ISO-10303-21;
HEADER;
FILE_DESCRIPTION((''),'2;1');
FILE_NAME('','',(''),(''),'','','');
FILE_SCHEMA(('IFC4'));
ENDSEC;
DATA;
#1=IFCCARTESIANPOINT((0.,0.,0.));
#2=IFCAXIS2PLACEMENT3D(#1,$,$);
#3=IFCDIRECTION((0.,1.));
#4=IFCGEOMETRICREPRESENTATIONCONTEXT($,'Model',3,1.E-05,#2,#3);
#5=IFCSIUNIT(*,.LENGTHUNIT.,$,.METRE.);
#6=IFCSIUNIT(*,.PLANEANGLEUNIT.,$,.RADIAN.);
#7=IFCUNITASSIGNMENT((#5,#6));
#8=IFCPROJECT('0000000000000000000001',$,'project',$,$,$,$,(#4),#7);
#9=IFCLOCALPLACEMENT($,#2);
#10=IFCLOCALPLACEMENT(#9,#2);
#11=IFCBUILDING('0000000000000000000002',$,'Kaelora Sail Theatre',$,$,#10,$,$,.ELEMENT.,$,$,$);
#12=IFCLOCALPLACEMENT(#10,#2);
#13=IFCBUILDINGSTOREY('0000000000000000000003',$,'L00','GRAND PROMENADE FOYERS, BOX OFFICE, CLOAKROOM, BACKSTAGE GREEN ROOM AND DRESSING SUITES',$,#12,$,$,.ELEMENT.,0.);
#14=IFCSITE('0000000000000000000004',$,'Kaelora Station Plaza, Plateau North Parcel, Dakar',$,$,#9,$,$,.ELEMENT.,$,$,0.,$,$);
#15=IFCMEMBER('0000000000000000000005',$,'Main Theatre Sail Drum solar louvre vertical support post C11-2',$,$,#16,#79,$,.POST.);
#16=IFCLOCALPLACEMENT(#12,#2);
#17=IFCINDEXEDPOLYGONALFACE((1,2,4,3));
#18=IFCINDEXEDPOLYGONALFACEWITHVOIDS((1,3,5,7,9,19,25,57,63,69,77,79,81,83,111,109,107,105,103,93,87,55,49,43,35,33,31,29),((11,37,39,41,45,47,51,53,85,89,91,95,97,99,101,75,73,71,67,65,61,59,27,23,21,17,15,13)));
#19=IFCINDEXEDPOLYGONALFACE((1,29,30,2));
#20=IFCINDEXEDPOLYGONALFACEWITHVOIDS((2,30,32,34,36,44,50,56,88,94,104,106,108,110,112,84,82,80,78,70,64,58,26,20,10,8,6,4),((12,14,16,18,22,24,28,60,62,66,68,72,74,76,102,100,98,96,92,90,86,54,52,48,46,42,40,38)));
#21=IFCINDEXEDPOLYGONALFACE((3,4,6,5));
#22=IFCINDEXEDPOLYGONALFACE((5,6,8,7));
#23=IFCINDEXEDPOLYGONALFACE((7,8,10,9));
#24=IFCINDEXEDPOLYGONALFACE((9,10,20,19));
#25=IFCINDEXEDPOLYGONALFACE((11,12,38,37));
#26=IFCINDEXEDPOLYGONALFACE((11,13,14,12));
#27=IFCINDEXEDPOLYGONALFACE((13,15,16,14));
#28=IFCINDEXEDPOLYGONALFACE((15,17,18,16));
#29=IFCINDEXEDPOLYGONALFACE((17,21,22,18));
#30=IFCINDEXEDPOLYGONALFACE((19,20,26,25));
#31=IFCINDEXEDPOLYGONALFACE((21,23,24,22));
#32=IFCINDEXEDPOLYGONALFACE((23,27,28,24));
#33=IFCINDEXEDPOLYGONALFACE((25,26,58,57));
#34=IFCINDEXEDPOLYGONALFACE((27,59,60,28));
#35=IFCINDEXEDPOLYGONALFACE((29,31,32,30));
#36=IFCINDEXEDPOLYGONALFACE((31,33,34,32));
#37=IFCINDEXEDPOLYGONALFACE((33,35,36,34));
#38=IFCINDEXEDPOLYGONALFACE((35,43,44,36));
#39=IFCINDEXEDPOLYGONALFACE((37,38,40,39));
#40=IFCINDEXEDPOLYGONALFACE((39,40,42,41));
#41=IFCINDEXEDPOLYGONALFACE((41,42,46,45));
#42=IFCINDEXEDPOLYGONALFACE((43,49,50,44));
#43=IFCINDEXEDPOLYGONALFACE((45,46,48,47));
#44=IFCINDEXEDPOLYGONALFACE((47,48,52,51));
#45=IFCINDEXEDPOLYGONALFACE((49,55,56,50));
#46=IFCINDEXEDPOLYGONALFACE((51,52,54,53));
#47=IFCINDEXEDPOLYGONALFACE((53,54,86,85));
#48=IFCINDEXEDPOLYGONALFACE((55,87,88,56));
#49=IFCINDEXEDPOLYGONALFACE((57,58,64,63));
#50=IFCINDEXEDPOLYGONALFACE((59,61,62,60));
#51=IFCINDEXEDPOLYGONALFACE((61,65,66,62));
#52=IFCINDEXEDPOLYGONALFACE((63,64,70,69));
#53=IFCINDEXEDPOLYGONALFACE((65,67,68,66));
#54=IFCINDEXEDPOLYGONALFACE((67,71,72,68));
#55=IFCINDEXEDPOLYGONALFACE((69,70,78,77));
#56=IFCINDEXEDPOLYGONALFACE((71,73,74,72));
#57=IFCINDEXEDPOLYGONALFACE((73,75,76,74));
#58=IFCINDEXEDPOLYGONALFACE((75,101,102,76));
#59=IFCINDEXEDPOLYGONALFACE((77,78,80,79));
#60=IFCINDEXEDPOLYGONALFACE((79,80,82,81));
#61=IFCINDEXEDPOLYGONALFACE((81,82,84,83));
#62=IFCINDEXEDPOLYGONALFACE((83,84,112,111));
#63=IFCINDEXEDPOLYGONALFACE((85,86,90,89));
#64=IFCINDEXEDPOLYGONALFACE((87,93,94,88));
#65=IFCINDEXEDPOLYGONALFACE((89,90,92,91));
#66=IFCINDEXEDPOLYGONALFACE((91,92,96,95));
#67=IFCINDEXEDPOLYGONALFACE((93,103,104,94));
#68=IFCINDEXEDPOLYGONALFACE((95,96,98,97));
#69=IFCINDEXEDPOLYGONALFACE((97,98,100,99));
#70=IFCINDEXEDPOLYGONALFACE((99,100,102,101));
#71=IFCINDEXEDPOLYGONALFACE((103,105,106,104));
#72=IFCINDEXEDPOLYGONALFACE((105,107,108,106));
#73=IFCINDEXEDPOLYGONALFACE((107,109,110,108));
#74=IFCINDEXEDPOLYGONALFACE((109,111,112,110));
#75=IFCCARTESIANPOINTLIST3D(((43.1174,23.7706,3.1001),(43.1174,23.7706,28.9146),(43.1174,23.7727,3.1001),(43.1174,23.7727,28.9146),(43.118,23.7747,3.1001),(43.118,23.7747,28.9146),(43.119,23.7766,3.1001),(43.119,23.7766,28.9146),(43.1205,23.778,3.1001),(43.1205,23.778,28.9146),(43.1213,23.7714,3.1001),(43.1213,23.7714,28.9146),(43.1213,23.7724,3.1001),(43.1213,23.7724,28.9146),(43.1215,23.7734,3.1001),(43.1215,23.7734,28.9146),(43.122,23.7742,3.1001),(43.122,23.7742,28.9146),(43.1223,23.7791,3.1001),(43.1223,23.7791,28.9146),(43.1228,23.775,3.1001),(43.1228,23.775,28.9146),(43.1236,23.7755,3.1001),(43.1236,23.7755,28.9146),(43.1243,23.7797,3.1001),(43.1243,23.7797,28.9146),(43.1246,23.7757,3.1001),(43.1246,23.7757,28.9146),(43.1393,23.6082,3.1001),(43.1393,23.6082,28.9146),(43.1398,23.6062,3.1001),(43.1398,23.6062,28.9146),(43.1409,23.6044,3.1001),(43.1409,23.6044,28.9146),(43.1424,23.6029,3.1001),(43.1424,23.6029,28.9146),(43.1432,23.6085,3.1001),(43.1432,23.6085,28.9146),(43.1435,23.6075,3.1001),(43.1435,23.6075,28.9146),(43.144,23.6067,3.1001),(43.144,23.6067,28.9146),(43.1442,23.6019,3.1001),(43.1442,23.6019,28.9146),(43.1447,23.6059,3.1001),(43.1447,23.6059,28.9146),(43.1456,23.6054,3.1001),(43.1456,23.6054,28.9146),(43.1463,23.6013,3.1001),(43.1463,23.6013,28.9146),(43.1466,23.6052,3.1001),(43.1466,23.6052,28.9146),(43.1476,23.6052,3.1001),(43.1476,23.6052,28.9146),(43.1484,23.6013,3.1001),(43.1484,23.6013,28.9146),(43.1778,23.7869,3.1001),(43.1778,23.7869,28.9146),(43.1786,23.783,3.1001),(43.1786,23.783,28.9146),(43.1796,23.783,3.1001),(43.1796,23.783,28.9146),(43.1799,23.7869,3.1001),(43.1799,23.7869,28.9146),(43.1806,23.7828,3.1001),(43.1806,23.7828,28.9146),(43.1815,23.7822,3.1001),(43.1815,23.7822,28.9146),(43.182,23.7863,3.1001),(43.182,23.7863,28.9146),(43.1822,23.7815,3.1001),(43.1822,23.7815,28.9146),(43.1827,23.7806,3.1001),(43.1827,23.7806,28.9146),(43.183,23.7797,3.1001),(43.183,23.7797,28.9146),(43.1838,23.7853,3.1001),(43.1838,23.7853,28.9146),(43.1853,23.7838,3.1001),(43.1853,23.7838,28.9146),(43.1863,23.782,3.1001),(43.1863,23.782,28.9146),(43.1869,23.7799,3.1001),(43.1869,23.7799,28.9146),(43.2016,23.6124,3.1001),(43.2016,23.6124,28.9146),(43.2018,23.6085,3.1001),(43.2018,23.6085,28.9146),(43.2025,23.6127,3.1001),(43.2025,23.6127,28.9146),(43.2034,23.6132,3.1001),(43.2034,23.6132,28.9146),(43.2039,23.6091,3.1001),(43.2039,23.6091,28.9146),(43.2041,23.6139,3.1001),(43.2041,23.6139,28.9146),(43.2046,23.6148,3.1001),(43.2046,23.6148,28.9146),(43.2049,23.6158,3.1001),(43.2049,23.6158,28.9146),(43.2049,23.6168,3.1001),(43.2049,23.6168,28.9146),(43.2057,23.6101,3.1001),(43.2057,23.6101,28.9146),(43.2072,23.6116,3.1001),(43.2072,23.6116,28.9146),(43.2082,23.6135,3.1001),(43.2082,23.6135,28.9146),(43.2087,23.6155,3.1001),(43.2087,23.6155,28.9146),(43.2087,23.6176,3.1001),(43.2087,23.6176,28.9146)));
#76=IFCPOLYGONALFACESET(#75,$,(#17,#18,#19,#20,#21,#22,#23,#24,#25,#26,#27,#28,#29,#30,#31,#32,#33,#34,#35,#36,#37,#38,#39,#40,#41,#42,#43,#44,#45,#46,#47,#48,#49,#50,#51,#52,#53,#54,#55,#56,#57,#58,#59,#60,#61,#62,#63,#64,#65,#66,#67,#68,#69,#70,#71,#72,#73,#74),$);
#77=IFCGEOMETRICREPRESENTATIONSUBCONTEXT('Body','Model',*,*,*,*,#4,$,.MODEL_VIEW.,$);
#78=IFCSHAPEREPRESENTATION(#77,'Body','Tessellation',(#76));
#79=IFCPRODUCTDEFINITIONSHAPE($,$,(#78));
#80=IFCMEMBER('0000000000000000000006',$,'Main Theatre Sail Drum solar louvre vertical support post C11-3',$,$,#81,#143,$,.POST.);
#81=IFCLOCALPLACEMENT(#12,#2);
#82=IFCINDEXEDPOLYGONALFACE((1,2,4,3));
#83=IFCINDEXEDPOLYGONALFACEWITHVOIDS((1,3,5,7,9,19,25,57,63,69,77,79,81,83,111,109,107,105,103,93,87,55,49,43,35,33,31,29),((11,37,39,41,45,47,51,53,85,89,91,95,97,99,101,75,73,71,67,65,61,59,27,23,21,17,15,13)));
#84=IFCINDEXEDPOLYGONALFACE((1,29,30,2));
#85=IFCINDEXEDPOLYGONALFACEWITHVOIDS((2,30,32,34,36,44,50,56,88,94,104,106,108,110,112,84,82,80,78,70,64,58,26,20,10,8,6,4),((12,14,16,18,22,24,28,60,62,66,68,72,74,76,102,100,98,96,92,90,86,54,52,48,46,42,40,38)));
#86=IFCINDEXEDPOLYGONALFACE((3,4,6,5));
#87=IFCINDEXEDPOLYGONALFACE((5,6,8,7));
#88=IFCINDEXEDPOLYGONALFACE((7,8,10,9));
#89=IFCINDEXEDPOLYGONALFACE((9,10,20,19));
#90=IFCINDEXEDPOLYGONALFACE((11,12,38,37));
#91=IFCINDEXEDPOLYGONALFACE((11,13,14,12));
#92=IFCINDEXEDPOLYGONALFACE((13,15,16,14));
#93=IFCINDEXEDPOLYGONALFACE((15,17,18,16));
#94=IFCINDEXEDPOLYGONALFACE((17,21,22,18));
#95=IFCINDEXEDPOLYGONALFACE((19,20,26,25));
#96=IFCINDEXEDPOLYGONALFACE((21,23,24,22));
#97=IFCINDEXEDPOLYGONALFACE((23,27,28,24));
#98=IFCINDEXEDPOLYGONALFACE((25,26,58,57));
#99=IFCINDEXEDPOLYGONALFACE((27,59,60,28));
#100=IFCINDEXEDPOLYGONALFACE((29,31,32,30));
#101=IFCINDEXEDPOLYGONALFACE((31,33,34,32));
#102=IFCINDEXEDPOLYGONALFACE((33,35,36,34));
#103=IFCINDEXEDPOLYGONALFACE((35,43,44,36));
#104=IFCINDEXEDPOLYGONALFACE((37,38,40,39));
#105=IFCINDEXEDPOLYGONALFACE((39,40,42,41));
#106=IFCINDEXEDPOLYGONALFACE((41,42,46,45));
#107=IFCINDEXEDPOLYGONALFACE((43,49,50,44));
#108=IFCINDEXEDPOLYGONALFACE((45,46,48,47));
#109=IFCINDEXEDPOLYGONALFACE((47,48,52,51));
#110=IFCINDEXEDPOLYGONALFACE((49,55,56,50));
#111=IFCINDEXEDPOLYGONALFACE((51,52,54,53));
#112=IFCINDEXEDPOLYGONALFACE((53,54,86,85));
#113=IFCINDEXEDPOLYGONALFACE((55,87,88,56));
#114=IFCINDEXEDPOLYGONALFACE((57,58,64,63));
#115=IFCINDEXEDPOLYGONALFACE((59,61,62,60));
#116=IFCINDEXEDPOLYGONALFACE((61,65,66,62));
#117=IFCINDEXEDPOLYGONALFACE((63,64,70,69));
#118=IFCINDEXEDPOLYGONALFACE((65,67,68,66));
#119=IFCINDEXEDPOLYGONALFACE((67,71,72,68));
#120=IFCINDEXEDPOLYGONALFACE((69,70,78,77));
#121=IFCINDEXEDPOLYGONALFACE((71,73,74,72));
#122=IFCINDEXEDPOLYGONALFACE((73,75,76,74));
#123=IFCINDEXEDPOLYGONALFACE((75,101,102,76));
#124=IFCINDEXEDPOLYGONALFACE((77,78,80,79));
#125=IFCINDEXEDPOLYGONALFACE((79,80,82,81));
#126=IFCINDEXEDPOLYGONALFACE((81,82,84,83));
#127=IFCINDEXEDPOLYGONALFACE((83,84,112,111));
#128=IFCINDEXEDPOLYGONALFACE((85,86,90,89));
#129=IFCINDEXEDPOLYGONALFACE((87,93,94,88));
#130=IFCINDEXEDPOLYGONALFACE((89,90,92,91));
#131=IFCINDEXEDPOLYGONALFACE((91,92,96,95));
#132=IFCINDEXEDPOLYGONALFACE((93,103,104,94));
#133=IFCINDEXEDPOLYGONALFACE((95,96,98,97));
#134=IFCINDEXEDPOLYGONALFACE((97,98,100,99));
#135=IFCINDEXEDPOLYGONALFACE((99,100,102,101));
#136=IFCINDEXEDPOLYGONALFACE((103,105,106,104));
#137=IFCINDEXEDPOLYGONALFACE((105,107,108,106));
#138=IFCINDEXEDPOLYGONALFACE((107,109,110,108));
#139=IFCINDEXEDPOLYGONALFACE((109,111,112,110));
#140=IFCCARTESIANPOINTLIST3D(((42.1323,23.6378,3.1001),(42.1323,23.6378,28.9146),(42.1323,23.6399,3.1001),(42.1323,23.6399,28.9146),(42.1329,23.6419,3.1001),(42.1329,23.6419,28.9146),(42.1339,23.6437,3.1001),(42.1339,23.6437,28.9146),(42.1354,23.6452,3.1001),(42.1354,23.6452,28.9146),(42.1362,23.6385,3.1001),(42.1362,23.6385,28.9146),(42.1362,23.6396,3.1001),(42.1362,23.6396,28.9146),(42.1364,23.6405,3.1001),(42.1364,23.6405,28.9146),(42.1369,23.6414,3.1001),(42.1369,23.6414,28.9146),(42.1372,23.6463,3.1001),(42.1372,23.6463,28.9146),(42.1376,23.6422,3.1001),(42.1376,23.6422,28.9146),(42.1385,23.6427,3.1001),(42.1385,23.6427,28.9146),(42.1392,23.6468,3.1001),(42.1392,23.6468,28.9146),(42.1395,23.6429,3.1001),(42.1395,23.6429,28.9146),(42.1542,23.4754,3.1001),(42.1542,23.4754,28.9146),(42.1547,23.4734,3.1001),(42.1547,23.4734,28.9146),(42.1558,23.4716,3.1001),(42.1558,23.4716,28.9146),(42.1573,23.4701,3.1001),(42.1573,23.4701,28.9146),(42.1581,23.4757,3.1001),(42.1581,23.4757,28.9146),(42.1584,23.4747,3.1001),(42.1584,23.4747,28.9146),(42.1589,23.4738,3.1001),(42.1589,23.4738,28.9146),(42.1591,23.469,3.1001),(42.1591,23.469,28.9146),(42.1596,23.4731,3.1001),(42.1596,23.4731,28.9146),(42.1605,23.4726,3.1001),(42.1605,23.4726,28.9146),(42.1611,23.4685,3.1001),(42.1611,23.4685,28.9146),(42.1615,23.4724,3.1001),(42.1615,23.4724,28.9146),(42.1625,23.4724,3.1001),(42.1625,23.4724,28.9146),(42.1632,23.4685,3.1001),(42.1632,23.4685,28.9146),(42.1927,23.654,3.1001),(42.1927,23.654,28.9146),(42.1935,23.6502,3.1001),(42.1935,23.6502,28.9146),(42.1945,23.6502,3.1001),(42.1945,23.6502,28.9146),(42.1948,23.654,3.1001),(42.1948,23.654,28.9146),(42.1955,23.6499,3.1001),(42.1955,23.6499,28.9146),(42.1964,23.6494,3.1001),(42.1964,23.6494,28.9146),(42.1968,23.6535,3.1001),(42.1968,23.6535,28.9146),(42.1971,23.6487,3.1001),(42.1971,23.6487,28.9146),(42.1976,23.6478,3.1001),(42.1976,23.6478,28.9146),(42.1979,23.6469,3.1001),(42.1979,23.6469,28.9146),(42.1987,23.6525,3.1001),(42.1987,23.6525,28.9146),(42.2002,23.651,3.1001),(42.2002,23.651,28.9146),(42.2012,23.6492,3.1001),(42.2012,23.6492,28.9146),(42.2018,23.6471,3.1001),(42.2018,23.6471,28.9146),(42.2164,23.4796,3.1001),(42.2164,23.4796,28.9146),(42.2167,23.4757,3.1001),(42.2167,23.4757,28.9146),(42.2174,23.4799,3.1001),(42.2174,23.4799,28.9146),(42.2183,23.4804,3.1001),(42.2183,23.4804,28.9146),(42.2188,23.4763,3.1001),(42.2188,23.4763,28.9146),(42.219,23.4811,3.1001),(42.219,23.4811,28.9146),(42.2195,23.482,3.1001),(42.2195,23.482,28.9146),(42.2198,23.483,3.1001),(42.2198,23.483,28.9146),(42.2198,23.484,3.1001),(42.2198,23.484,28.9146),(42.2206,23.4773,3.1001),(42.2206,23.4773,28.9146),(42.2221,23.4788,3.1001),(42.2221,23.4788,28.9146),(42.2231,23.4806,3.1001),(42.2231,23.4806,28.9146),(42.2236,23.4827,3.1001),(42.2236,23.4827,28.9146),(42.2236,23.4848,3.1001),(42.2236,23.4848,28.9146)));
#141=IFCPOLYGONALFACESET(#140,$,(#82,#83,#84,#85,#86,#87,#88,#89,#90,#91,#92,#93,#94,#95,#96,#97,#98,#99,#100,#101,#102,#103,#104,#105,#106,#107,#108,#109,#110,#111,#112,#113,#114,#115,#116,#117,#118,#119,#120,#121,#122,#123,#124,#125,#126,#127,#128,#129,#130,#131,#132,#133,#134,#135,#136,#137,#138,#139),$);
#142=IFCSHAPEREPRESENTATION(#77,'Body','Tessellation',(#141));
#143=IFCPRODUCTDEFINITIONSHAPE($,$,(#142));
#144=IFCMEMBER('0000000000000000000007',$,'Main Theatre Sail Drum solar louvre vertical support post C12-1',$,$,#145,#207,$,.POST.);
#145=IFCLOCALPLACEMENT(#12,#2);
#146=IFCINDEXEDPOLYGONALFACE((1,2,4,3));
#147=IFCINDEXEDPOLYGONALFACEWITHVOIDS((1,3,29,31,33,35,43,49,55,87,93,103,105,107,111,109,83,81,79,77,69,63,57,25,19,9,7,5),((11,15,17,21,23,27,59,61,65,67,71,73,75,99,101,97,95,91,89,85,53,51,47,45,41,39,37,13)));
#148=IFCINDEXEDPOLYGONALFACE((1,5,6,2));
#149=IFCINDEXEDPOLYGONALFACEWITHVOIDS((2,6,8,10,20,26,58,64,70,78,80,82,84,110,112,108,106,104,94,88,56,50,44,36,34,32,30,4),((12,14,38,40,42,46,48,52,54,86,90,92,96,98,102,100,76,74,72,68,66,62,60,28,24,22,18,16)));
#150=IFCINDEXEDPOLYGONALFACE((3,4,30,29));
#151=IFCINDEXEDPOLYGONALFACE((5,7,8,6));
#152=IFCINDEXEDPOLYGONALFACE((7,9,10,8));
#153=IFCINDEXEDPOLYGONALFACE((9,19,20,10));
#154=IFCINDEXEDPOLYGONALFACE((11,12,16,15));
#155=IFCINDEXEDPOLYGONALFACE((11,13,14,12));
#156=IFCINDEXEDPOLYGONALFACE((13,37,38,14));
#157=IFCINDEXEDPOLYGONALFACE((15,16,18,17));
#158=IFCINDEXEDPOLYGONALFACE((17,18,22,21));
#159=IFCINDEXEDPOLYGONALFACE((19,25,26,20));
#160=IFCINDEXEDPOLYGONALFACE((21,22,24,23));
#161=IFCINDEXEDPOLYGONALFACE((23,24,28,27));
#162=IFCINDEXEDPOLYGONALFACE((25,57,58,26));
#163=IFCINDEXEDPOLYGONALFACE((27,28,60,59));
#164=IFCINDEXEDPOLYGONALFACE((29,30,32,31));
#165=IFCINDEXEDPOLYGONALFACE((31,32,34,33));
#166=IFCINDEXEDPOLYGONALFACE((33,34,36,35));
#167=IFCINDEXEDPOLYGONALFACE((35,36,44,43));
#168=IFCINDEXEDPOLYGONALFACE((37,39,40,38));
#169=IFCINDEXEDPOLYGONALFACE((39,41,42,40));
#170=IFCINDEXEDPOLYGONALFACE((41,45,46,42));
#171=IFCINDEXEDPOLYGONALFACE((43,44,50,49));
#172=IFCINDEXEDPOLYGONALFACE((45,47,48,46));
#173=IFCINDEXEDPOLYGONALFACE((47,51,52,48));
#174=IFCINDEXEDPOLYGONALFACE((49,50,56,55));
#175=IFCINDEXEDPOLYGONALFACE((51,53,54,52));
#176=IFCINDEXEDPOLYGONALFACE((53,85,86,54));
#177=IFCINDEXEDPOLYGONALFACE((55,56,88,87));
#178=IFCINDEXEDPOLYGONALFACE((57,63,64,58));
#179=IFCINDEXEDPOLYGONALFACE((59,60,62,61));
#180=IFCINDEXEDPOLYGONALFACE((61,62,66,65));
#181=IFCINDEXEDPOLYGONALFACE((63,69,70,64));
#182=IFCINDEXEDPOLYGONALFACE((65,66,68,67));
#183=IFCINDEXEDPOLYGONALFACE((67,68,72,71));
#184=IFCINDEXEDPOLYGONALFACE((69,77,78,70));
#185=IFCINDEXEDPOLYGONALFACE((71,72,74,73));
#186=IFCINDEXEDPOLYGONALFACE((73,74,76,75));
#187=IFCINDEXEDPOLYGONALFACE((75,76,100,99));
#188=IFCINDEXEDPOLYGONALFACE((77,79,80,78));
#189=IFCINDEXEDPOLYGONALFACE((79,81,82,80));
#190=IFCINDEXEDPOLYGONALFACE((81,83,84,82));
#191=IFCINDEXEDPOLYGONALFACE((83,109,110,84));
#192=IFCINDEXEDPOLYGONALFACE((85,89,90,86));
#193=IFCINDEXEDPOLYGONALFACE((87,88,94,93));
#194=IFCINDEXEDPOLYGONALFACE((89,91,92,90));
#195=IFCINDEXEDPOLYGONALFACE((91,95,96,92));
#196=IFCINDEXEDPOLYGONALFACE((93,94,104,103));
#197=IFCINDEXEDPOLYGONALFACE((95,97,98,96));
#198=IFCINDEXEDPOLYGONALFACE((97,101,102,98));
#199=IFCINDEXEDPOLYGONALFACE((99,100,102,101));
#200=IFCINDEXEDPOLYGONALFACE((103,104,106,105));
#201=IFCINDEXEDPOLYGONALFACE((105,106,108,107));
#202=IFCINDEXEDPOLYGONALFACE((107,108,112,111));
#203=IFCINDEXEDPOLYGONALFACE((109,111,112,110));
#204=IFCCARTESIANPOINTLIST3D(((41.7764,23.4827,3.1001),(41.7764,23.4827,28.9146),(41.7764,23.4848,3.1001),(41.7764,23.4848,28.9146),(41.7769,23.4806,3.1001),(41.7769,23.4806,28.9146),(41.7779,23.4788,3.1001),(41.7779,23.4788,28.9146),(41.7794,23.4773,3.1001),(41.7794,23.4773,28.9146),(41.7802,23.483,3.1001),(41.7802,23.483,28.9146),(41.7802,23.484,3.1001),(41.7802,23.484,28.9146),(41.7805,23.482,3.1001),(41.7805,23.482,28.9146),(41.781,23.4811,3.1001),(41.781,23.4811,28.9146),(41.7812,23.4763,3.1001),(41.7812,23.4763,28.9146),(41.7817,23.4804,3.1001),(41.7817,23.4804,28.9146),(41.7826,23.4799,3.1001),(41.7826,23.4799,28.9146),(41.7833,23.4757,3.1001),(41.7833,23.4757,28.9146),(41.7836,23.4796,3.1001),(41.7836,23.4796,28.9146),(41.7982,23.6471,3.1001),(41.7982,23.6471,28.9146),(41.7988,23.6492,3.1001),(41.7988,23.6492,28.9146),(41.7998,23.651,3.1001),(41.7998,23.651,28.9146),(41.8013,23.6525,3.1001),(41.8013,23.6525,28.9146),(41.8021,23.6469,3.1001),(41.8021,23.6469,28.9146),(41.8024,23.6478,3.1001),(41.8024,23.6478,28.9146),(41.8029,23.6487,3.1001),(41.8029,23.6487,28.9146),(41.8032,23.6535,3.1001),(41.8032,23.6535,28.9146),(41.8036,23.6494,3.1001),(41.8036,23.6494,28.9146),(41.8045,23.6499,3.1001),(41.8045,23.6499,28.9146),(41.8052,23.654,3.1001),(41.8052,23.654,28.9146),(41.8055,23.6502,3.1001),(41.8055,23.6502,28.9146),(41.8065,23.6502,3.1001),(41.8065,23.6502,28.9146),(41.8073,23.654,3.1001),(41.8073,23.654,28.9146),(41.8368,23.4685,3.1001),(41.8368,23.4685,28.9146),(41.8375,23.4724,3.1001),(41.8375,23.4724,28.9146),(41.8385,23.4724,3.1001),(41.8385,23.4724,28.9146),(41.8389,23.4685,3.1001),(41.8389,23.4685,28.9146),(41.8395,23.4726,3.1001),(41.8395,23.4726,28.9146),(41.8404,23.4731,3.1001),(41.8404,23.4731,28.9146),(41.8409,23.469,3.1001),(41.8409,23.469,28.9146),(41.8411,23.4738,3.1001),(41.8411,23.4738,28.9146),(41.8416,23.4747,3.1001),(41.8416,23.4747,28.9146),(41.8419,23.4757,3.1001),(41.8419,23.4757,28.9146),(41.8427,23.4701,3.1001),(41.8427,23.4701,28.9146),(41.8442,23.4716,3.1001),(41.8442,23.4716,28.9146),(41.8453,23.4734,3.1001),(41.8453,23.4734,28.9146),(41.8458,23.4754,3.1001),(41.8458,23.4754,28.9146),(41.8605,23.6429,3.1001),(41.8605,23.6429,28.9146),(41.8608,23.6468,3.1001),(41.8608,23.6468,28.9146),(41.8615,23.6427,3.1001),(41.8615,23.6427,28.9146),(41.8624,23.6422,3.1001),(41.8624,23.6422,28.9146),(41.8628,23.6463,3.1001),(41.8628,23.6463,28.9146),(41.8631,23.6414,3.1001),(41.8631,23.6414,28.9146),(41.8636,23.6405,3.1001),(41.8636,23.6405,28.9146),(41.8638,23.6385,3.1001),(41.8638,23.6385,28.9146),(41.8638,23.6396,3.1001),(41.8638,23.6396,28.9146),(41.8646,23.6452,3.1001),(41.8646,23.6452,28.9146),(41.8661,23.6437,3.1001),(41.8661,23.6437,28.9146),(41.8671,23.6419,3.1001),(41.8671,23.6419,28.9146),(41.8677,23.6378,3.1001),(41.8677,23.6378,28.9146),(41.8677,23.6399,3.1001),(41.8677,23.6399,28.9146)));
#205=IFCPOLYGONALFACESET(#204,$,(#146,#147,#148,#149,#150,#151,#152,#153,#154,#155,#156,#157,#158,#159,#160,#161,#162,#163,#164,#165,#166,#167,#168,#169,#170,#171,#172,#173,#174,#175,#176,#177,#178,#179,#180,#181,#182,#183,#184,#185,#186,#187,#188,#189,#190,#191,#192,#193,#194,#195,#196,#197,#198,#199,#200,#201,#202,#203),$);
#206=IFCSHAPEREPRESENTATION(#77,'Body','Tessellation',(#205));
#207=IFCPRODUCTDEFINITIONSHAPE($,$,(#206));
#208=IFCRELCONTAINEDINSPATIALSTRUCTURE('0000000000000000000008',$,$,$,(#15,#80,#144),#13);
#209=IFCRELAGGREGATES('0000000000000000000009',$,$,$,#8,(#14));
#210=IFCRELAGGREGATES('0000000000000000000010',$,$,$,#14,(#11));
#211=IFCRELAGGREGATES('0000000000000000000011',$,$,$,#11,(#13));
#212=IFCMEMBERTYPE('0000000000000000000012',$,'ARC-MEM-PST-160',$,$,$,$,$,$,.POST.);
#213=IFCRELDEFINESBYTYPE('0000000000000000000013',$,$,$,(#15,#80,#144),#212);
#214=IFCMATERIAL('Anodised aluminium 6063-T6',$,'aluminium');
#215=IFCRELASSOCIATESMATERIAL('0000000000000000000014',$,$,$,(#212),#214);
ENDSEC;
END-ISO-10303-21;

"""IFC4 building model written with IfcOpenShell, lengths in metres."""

from ifc_helpers import new_model, si_unit, direction, frame, origin, origin_2d, place, context, subcontext, project, spatial, hollow_rectangle, extrude, material, material_profile, profile_set, type_object, element, save


model = new_model("IFC4")

# Units and contexts
model_context = context("Model", 3, precision=1e-05, world=origin(), true_north=direction((0.0, 1.0)))
body_context = subcontext(model_context, "Body", "Model", "MODEL_VIEW")
ifc_project = project(units=[si_unit("LENGTHUNIT", "METRE"), si_unit("PLANEANGLEUNIT", "RADIAN")], contexts=[model_context])

# Site, building, storey
site_placement = place(None, origin())
site = spatial("IfcSite", under=ifc_project, at=site_placement, Name="Kaelora Station Plaza, Plateau North Parcel, Dakar", CompositionType="ELEMENT", RefElevation=0.0)
building_placement = place(site_placement, origin())
building = spatial("IfcBuilding", under=site, at=building_placement, Name="Kaelora Sail Theatre", CompositionType="ELEMENT")
storey_placement = place(building_placement, origin())
storey = spatial("IfcBuildingStorey", under=building, at=storey_placement, Name="L00", Description="GRAND PROMENADE FOYERS, BOX OFFICE, CLOAKROOM, BACKSTAGE GREEN ROOM AND DRESSING SUITES", CompositionType="ELEMENT", Elevation=0.0)

# Members
ifc_material_1 = material(Name="Anodised aluminium 6063-T6", Category="aluminium")
ifc_material_profile_1 = material_profile(ifc_material_1, hollow_rectangle(XDim=0.0701, YDim=0.1799, WallThickness=0.0039, InnerFilletRadius=0.0039, OuterFilletRadius=0.0081, at=origin_2d()), Name="ALU-MULL 70x180x4")
ifc_profile_set_1 = profile_set([ifc_material_profile_1], Name="Anodised aluminium 6063-T6")
member_type_1 = type_object("IfcMemberType", Name="ARC-MEM-PST-160", PredefinedType="POST", material=ifc_profile_set_1)
for number, where, z_axis, x_axis, name in (
    (1, (43.1631, 23.6941, 3.1001), (0.0, 0.0, 1.0), (-0.991053, -0.133467, 0.0), "Main Theatre Sail Drum solar louvre vertical support post C11-2"),
    (2, (42.178, 23.5613, 3.1001), (0.0, 0.0, 1.0), (-0.991053, -0.133467, 0.0), "Main Theatre Sail Drum solar louvre vertical support post C11-3"),
    (3, (41.822, 23.5613, 3.1001), (0.0, 0.0, 1.0), (-0.991053, 0.133467, 0.0), "Main Theatre Sail Drum solar louvre vertical support post C12-1"),
):
    element("IfcMember", number, at=place(storey_placement, frame(where, z_axis=z_axis, x_axis=x_axis)), inside=storey, type_object=member_type_1, Name=name, PredefinedType="POST", context=body_context, shape_type="SweptSolid", body=[
        extrude(hollow_rectangle(XDim=0.0701, YDim=0.1799, WallThickness=0.0039, InnerFilletRadius=0.0039, OuterFilletRadius=0.0081, at=origin_2d()), origin(), (0.0, 0.0, 1.0), 25.8145),
    ])

save(model, "model.ifc")
